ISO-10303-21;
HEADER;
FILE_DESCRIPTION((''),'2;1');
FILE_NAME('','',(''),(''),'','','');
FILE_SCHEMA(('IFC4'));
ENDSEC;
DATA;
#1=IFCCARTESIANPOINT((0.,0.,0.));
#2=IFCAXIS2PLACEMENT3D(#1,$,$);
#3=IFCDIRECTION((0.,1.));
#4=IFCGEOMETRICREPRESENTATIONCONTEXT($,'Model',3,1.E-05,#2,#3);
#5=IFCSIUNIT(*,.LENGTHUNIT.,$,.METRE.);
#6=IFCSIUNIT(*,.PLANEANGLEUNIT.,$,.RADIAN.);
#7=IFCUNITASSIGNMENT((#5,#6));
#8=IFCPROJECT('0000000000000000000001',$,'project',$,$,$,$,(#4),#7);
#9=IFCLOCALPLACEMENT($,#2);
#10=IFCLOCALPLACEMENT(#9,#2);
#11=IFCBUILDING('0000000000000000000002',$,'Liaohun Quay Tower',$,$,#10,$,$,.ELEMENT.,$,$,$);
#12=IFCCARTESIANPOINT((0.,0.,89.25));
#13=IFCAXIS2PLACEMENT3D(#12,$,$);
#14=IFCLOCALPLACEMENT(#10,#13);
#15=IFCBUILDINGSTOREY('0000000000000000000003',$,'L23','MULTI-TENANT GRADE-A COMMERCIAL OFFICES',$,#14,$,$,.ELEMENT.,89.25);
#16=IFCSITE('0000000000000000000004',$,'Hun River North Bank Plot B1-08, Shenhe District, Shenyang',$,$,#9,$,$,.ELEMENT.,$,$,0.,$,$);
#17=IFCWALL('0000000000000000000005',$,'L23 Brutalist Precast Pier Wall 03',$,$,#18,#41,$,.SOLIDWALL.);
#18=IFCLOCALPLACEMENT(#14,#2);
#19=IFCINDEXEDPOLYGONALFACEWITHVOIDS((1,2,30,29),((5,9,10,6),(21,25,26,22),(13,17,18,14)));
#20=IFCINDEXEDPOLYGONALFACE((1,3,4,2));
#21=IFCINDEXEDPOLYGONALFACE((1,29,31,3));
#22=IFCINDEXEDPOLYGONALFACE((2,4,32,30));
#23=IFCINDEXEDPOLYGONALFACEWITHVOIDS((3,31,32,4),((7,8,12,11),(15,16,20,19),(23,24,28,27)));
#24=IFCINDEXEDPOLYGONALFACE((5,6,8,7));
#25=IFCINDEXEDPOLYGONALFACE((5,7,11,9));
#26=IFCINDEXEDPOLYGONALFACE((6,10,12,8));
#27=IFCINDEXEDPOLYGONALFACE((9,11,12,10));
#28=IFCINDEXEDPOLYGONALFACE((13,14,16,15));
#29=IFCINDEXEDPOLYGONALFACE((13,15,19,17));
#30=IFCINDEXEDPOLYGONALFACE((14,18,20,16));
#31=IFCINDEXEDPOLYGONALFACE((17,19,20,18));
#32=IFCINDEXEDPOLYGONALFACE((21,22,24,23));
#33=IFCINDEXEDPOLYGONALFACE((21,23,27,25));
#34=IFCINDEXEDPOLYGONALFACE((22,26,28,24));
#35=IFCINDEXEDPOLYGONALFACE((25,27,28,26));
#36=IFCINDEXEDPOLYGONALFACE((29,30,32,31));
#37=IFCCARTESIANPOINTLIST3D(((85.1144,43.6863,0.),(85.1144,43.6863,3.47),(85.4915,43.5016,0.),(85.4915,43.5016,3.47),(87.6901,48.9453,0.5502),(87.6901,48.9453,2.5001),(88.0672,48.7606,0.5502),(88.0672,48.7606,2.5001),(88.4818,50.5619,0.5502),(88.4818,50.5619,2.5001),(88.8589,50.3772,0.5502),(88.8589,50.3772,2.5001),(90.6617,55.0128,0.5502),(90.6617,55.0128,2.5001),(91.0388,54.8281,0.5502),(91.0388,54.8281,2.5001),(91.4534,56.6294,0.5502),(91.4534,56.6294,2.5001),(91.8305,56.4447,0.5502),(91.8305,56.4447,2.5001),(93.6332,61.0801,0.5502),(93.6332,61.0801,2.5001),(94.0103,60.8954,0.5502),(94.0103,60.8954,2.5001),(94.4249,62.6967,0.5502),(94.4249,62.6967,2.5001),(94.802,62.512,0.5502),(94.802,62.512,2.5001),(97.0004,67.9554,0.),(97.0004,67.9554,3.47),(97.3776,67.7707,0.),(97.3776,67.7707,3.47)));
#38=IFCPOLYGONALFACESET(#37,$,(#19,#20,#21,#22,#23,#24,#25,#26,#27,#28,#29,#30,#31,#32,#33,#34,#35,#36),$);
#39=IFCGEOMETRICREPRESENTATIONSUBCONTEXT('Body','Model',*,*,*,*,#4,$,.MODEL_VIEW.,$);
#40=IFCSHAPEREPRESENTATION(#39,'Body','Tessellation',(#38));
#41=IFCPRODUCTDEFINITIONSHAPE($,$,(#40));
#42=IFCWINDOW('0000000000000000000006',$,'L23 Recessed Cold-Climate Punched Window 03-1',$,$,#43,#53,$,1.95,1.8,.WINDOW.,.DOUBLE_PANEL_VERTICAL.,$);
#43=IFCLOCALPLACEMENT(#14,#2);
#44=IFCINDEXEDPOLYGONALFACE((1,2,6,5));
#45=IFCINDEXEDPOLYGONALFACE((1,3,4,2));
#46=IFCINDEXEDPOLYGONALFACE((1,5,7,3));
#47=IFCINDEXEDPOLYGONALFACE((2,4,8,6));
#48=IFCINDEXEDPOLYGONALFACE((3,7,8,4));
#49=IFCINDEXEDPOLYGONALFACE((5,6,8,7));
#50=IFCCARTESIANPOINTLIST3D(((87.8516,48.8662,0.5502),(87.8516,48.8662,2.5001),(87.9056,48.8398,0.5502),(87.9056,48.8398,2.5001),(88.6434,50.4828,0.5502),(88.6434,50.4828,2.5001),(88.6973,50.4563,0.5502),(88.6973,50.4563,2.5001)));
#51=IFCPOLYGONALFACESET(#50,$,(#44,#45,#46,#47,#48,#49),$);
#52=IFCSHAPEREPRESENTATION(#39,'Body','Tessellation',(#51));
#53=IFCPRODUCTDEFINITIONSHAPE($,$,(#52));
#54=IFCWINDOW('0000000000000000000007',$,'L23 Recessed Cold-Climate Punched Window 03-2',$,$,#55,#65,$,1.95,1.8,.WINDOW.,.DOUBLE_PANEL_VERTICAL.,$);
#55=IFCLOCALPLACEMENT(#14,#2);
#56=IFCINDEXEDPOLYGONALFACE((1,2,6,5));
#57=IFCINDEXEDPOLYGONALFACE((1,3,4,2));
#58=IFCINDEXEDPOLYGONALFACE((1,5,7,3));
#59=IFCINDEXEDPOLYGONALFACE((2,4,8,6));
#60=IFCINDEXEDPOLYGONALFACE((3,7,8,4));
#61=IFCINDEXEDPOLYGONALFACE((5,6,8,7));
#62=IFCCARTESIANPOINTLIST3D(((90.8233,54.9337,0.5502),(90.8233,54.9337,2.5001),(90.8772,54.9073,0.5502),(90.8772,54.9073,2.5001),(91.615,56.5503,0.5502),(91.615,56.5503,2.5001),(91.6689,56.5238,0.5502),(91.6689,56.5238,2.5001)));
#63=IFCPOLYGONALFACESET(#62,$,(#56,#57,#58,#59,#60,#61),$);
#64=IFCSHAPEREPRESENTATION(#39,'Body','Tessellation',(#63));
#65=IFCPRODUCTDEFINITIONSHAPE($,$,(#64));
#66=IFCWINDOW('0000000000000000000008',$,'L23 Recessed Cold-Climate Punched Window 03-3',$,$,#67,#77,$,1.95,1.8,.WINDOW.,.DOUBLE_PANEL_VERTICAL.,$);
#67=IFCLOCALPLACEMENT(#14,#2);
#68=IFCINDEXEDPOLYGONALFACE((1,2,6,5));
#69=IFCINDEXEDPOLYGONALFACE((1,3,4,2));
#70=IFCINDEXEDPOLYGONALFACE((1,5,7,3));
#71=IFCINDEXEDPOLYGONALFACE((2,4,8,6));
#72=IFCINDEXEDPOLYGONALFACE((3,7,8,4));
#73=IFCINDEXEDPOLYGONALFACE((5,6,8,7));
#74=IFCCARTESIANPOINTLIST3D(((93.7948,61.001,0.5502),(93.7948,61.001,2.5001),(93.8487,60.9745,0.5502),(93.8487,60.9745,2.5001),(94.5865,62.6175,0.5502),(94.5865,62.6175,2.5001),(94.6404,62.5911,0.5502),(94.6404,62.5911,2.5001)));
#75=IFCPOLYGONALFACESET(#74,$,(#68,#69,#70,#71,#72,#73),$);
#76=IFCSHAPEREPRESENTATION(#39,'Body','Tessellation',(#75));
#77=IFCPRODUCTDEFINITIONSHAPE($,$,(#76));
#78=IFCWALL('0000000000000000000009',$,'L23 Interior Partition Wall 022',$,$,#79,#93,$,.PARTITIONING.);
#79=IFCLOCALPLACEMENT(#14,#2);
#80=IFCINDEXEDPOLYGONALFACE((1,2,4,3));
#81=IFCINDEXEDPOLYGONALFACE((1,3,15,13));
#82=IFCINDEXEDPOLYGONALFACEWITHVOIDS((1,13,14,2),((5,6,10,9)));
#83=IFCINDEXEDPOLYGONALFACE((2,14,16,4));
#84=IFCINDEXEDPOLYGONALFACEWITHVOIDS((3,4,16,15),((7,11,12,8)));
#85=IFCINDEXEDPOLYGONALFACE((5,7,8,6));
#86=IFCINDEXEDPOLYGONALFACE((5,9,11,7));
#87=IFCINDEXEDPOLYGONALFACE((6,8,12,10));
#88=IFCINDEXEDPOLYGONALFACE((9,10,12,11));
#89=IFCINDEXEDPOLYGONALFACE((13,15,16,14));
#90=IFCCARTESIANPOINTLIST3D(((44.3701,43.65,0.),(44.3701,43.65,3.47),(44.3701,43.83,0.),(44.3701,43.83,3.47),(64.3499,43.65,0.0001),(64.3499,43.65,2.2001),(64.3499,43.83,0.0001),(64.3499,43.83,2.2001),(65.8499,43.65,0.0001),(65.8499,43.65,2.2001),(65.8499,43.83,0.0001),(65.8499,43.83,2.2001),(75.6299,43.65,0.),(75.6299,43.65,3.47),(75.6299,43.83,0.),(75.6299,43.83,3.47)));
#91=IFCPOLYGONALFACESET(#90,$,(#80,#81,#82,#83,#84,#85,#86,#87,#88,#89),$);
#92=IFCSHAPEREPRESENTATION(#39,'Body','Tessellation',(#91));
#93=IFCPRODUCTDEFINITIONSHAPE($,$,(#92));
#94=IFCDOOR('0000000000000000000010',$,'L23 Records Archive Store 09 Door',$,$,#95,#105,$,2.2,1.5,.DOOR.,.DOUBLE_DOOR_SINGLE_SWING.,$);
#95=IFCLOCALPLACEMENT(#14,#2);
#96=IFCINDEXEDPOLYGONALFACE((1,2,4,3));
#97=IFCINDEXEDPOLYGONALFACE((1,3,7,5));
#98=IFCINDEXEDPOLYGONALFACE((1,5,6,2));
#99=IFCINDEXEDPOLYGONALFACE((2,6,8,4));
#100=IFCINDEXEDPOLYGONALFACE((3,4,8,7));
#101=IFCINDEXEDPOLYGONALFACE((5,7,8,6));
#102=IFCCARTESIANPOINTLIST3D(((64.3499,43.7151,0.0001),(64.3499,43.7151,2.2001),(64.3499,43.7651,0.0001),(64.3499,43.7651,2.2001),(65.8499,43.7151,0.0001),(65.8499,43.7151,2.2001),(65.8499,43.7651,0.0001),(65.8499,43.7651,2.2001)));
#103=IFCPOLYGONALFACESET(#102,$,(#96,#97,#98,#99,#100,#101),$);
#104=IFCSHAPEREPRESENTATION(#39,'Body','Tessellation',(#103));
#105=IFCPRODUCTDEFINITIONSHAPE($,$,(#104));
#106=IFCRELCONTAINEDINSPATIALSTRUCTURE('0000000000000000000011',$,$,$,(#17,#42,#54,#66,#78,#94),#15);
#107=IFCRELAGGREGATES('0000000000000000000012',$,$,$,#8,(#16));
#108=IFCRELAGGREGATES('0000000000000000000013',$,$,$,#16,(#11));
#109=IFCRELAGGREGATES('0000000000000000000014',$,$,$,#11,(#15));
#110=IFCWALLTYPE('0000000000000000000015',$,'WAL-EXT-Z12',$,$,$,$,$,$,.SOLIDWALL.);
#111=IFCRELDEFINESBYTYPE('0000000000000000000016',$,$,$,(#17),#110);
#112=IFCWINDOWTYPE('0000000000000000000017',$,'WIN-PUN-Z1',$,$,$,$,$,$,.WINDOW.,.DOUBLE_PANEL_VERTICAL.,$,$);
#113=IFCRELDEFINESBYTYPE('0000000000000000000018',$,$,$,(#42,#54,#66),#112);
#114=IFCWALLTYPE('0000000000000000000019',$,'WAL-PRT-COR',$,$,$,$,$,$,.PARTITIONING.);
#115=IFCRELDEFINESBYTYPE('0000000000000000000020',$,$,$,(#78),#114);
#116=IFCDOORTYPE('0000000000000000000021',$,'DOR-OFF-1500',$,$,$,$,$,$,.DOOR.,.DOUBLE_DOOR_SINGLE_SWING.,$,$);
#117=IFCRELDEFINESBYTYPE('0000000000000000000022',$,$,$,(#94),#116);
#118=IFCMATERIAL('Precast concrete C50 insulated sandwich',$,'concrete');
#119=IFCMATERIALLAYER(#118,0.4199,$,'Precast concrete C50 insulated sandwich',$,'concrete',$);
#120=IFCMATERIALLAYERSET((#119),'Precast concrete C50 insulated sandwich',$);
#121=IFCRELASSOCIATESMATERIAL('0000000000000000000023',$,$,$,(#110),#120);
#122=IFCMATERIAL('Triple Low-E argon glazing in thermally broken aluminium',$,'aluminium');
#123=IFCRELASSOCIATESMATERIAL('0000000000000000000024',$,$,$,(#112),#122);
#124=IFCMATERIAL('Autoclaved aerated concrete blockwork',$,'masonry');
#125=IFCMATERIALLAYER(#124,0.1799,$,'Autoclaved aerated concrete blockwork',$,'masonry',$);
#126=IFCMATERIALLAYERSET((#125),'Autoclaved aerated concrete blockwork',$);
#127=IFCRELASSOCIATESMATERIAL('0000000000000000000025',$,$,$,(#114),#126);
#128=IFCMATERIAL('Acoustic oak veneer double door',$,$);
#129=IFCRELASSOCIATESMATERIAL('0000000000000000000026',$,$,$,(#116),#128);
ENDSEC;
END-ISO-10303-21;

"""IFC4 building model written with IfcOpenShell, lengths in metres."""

from ifc_helpers import new_model, si_unit, direction, frame, frame_2d, origin, place, context, subcontext, project, spatial, rectangle, extrude, source, transform, mapped, material, layer, layer_set, type_object, element, fill, save


model = new_model("IFC4")

# Units and contexts
model_context = context("Model", 3, precision=1e-05, world=origin(), true_north=direction((0.0, 1.0)))
body_context = subcontext(model_context, "Body", "Model", "MODEL_VIEW")
ifc_project = project(units=[si_unit("LENGTHUNIT", "METRE"), si_unit("PLANEANGLEUNIT", "RADIAN")], contexts=[model_context])

# Site, building, storey
site_placement = place(None, origin())
site = spatial("IfcSite", under=ifc_project, at=site_placement, Name="Hun River North Bank Plot B1-08, Shenhe District, Shenyang", CompositionType="ELEMENT", RefElevation=0.0)
building_placement = place(site_placement, origin())
building = spatial("IfcBuilding", under=site, at=building_placement, Name="Liaohun Quay Tower", CompositionType="ELEMENT")
storey_placement = place(building_placement, frame((0.0, 0.0, 89.25)))
storey = spatial("IfcBuildingStorey", under=building, at=storey_placement, Name="L23", Description="MULTI-TENANT GRADE-A COMMERCIAL OFFICES", CompositionType="ELEMENT", Elevation=89.25)

# Shared definitions
ifc_material_1 = material(Name="Precast concrete C50 insulated sandwich", Category="concrete")
ifc_layer_1 = layer(ifc_material_1, 0.4199, Name="Precast concrete C50 insulated sandwich", Category="concrete")
ifc_layer_set_1 = layer_set([ifc_layer_1], Name="Precast concrete C50 insulated sandwich")
wall_type_1 = type_object("IfcWallType", Name="WAL-EXT-Z12", PredefinedType="SOLIDWALL", material=ifc_layer_set_1)

# Wall, openings, windows
shared_shape_1 = source(origin(), body_context, "Body", "SweptSolid", [
    extrude(rectangle(XDim=1.8, YDim=1.95, at=frame_2d((0.8999, 0.9751))), frame((0.0, 0.22, 0.0), z_axis=(0.0, -1.0, 0.0), x_axis=(1.0, 0.0, 0.0)), (0.0, 0.0, 1.0), 0.4399),
])
ifc_material_2 = material(Name="Triple Low-E argon glazing in thermally broken aluminium", Category="aluminium")
window_type_1 = type_object("IfcWindowType", Name="WIN-PUN-Z1", PartitioningType="DOUBLE_PANEL_VERTICAL", PredefinedType="WINDOW", material=ifc_material_2)
shared_shape_2 = source(origin(), body_context, "Body", "SweptSolid", [
    extrude(rectangle(XDim=1.8, YDim=1.95, at=frame_2d((0.8999, 0.9751))), frame((0.0, 0.03, 0.0), z_axis=(0.0, -1.0, 0.0), x_axis=(1.0, 0.0, 0.0)), (0.0, 0.0, 1.0), 0.0601),
])
wall_1_placement = place(storey_placement, frame((85.303, 43.594, 0.0), z_axis=(0.0, 0.0, 1.0), x_axis=(0.439841, 0.898076, 0.0)))
wall_1 = element("IfcWall", 1, at=wall_1_placement, inside=storey, type_object=wall_type_1, Name="L23 Brutalist Precast Pier Wall 03", PredefinedType="SOLIDWALL", context=body_context, shape_type="SweptSolid", body=[
    extrude(rectangle(XDim=27.0234, YDim=0.4199, at=frame_2d((13.5117, 0.0))), origin(), (0.0, 0.0, 1.0), 3.47),
])
opening_1_placement = place(wall_1_placement, frame((5.856, 0.0, 0.55)))
opening_1 = element("IfcOpeningElement", 2, at=opening_1_placement, cuts=wall_1, PredefinedType="OPENING", context=body_context, shape_type="MappedRepresentation", body=[
    mapped(shared_shape_1, transform((0.0, 0.0, 0.0), x_axis=(1.0, 0.0, 0.0), y_axis=(0.0, 1.0, 0.0), z_axis=(0.0, 0.0, 1.0), scale=1.0)),
])
opening_2_placement = place(wall_1_placement, frame((12.6121, 0.0, 0.55)))
opening_2 = element("IfcOpeningElement", 3, at=opening_2_placement, cuts=wall_1, PredefinedType="OPENING", context=body_context, shape_type="MappedRepresentation", body=[
    mapped(shared_shape_1, transform((0.0, 0.0, 0.0), x_axis=(1.0, 0.0, 0.0), y_axis=(0.0, 1.0, 0.0), z_axis=(0.0, 0.0, 1.0), scale=1.0)),
])
opening_3_placement = place(wall_1_placement, frame((19.3679, 0.0, 0.55)))
opening_3 = element("IfcOpeningElement", 4, at=opening_3_placement, cuts=wall_1, PredefinedType="OPENING", context=body_context, shape_type="MappedRepresentation", body=[
    mapped(shared_shape_1, transform((0.0, 0.0, 0.0), x_axis=(1.0, 0.0, 0.0), y_axis=(0.0, 1.0, 0.0), z_axis=(0.0, 0.0, 1.0), scale=1.0)),
])
window_1_placement = place(opening_1_placement, origin())
window_1 = element("IfcWindow", 5, at=window_1_placement, inside=storey, type_object=window_type_1, Name="L23 Recessed Cold-Climate Punched Window 03-1", OverallHeight=1.95, OverallWidth=1.8, PartitioningType="DOUBLE_PANEL_VERTICAL", PredefinedType="WINDOW", context=body_context, shape_type="MappedRepresentation", body=[
    mapped(shared_shape_2, transform((0.0, 0.0, 0.0), x_axis=(1.0, 0.0, 0.0), y_axis=(0.0, 1.0, 0.0), z_axis=(0.0, 0.0, 1.0), scale=1.0)),
])
fill(opening_1, window_1)
window_2_placement = place(opening_2_placement, origin())
window_2 = element("IfcWindow", 6, at=window_2_placement, inside=storey, type_object=window_type_1, Name="L23 Recessed Cold-Climate Punched Window 03-2", OverallHeight=1.95, OverallWidth=1.8, PartitioningType="DOUBLE_PANEL_VERTICAL", PredefinedType="WINDOW", context=body_context, shape_type="MappedRepresentation", body=[
    mapped(shared_shape_2, transform((0.0, 0.0, 0.0), x_axis=(1.0, 0.0, 0.0), y_axis=(0.0, 1.0, 0.0), z_axis=(0.0, 0.0, 1.0), scale=1.0)),
])
fill(opening_2, window_2)
window_3_placement = place(opening_3_placement, origin())
window_3 = element("IfcWindow", 7, at=window_3_placement, inside=storey, type_object=window_type_1, Name="L23 Recessed Cold-Climate Punched Window 03-3", OverallHeight=1.95, OverallWidth=1.8, PartitioningType="DOUBLE_PANEL_VERTICAL", PredefinedType="WINDOW", context=body_context, shape_type="MappedRepresentation", body=[
    mapped(shared_shape_2, transform((0.0, 0.0, 0.0), x_axis=(1.0, 0.0, 0.0), y_axis=(0.0, 1.0, 0.0), z_axis=(0.0, 0.0, 1.0), scale=1.0)),
])
fill(opening_3, window_3)

# Wall, opening, door
ifc_material_3 = material(Name="Autoclaved aerated concrete blockwork", Category="masonry")
ifc_layer_2 = layer(ifc_material_3, 0.1799, Name="Autoclaved aerated concrete blockwork", Category="masonry")
ifc_layer_set_2 = layer_set([ifc_layer_2], Name="Autoclaved aerated concrete blockwork")
wall_type_2 = type_object("IfcWallType", Name="WAL-PRT-COR", PredefinedType="PARTITIONING", material=ifc_layer_set_2)
wall_2_placement = place(storey_placement, frame((75.6299, 43.74, 0.0), z_axis=(0.0, 0.0, 1.0), x_axis=(-1.0, 0.0, 0.0)))
wall_2 = element("IfcWall", 8, at=wall_2_placement, inside=storey, type_object=wall_type_2, Name="L23 Interior Partition Wall 022", PredefinedType="PARTITIONING", context=body_context, shape_type="SweptSolid", body=[
    extrude(rectangle(XDim=31.2598, YDim=0.1799, at=frame_2d((15.6299, 0.0))), origin(), (0.0, 0.0, 1.0), 3.47),
])
shared_shape_3 = source(origin(), body_context, "Body", "SweptSolid", [
    extrude(rectangle(XDim=1.5, YDim=2.2, at=frame_2d((0.75, 1.1001))), frame((0.0, 0.0999, 0.0), z_axis=(0.0, -1.0, 0.0), x_axis=(1.0, 0.0, 0.0)), (0.0, 0.0, 1.0), 0.2),
])
opening_4_placement = place(wall_2_placement, frame((9.78, 0.0, 0.0)))
opening_4 = element("IfcOpeningElement", 9, at=opening_4_placement, cuts=wall_2, PredefinedType="OPENING", context=body_context, shape_type="MappedRepresentation", body=[
    mapped(shared_shape_3, transform((0.0, 0.0, 0.0), x_axis=(1.0, 0.0, 0.0), y_axis=(0.0, 1.0, 0.0), z_axis=(0.0, 0.0, 1.0), scale=1.0)),
])
ifc_material_4 = material(Name="Acoustic oak veneer double door")
door_type = type_object("IfcDoorType", Name="DOR-OFF-1500", OperationType="DOUBLE_DOOR_SINGLE_SWING", PredefinedType="DOOR", material=ifc_material_4)
shared_shape_4 = source(origin(), body_context, "Body", "SweptSolid", [
    extrude(rectangle(XDim=1.5, YDim=2.2, at=frame_2d((0.75, 1.1001))), frame((0.0, 0.0249, 0.0), z_axis=(0.0, -1.0, 0.0), x_axis=(1.0, 0.0, 0.0)), (0.0, 0.0, 1.0), 0.05),
])
door_placement = place(opening_4_placement, origin())
door = element("IfcDoor", 10, at=door_placement, inside=storey, type_object=door_type, Name="L23 Records Archive Store 09 Door", OperationType="DOUBLE_DOOR_SINGLE_SWING", OverallHeight=2.2, OverallWidth=1.5, PredefinedType="DOOR", context=body_context, shape_type="MappedRepresentation", body=[
    mapped(shared_shape_4, transform((0.0, 0.0, 0.0), x_axis=(1.0, 0.0, 0.0), y_axis=(0.0, 1.0, 0.0), z_axis=(0.0, 0.0, 1.0), scale=1.0)),
])
fill(opening_4, door)

save(model, "model.ifc")
